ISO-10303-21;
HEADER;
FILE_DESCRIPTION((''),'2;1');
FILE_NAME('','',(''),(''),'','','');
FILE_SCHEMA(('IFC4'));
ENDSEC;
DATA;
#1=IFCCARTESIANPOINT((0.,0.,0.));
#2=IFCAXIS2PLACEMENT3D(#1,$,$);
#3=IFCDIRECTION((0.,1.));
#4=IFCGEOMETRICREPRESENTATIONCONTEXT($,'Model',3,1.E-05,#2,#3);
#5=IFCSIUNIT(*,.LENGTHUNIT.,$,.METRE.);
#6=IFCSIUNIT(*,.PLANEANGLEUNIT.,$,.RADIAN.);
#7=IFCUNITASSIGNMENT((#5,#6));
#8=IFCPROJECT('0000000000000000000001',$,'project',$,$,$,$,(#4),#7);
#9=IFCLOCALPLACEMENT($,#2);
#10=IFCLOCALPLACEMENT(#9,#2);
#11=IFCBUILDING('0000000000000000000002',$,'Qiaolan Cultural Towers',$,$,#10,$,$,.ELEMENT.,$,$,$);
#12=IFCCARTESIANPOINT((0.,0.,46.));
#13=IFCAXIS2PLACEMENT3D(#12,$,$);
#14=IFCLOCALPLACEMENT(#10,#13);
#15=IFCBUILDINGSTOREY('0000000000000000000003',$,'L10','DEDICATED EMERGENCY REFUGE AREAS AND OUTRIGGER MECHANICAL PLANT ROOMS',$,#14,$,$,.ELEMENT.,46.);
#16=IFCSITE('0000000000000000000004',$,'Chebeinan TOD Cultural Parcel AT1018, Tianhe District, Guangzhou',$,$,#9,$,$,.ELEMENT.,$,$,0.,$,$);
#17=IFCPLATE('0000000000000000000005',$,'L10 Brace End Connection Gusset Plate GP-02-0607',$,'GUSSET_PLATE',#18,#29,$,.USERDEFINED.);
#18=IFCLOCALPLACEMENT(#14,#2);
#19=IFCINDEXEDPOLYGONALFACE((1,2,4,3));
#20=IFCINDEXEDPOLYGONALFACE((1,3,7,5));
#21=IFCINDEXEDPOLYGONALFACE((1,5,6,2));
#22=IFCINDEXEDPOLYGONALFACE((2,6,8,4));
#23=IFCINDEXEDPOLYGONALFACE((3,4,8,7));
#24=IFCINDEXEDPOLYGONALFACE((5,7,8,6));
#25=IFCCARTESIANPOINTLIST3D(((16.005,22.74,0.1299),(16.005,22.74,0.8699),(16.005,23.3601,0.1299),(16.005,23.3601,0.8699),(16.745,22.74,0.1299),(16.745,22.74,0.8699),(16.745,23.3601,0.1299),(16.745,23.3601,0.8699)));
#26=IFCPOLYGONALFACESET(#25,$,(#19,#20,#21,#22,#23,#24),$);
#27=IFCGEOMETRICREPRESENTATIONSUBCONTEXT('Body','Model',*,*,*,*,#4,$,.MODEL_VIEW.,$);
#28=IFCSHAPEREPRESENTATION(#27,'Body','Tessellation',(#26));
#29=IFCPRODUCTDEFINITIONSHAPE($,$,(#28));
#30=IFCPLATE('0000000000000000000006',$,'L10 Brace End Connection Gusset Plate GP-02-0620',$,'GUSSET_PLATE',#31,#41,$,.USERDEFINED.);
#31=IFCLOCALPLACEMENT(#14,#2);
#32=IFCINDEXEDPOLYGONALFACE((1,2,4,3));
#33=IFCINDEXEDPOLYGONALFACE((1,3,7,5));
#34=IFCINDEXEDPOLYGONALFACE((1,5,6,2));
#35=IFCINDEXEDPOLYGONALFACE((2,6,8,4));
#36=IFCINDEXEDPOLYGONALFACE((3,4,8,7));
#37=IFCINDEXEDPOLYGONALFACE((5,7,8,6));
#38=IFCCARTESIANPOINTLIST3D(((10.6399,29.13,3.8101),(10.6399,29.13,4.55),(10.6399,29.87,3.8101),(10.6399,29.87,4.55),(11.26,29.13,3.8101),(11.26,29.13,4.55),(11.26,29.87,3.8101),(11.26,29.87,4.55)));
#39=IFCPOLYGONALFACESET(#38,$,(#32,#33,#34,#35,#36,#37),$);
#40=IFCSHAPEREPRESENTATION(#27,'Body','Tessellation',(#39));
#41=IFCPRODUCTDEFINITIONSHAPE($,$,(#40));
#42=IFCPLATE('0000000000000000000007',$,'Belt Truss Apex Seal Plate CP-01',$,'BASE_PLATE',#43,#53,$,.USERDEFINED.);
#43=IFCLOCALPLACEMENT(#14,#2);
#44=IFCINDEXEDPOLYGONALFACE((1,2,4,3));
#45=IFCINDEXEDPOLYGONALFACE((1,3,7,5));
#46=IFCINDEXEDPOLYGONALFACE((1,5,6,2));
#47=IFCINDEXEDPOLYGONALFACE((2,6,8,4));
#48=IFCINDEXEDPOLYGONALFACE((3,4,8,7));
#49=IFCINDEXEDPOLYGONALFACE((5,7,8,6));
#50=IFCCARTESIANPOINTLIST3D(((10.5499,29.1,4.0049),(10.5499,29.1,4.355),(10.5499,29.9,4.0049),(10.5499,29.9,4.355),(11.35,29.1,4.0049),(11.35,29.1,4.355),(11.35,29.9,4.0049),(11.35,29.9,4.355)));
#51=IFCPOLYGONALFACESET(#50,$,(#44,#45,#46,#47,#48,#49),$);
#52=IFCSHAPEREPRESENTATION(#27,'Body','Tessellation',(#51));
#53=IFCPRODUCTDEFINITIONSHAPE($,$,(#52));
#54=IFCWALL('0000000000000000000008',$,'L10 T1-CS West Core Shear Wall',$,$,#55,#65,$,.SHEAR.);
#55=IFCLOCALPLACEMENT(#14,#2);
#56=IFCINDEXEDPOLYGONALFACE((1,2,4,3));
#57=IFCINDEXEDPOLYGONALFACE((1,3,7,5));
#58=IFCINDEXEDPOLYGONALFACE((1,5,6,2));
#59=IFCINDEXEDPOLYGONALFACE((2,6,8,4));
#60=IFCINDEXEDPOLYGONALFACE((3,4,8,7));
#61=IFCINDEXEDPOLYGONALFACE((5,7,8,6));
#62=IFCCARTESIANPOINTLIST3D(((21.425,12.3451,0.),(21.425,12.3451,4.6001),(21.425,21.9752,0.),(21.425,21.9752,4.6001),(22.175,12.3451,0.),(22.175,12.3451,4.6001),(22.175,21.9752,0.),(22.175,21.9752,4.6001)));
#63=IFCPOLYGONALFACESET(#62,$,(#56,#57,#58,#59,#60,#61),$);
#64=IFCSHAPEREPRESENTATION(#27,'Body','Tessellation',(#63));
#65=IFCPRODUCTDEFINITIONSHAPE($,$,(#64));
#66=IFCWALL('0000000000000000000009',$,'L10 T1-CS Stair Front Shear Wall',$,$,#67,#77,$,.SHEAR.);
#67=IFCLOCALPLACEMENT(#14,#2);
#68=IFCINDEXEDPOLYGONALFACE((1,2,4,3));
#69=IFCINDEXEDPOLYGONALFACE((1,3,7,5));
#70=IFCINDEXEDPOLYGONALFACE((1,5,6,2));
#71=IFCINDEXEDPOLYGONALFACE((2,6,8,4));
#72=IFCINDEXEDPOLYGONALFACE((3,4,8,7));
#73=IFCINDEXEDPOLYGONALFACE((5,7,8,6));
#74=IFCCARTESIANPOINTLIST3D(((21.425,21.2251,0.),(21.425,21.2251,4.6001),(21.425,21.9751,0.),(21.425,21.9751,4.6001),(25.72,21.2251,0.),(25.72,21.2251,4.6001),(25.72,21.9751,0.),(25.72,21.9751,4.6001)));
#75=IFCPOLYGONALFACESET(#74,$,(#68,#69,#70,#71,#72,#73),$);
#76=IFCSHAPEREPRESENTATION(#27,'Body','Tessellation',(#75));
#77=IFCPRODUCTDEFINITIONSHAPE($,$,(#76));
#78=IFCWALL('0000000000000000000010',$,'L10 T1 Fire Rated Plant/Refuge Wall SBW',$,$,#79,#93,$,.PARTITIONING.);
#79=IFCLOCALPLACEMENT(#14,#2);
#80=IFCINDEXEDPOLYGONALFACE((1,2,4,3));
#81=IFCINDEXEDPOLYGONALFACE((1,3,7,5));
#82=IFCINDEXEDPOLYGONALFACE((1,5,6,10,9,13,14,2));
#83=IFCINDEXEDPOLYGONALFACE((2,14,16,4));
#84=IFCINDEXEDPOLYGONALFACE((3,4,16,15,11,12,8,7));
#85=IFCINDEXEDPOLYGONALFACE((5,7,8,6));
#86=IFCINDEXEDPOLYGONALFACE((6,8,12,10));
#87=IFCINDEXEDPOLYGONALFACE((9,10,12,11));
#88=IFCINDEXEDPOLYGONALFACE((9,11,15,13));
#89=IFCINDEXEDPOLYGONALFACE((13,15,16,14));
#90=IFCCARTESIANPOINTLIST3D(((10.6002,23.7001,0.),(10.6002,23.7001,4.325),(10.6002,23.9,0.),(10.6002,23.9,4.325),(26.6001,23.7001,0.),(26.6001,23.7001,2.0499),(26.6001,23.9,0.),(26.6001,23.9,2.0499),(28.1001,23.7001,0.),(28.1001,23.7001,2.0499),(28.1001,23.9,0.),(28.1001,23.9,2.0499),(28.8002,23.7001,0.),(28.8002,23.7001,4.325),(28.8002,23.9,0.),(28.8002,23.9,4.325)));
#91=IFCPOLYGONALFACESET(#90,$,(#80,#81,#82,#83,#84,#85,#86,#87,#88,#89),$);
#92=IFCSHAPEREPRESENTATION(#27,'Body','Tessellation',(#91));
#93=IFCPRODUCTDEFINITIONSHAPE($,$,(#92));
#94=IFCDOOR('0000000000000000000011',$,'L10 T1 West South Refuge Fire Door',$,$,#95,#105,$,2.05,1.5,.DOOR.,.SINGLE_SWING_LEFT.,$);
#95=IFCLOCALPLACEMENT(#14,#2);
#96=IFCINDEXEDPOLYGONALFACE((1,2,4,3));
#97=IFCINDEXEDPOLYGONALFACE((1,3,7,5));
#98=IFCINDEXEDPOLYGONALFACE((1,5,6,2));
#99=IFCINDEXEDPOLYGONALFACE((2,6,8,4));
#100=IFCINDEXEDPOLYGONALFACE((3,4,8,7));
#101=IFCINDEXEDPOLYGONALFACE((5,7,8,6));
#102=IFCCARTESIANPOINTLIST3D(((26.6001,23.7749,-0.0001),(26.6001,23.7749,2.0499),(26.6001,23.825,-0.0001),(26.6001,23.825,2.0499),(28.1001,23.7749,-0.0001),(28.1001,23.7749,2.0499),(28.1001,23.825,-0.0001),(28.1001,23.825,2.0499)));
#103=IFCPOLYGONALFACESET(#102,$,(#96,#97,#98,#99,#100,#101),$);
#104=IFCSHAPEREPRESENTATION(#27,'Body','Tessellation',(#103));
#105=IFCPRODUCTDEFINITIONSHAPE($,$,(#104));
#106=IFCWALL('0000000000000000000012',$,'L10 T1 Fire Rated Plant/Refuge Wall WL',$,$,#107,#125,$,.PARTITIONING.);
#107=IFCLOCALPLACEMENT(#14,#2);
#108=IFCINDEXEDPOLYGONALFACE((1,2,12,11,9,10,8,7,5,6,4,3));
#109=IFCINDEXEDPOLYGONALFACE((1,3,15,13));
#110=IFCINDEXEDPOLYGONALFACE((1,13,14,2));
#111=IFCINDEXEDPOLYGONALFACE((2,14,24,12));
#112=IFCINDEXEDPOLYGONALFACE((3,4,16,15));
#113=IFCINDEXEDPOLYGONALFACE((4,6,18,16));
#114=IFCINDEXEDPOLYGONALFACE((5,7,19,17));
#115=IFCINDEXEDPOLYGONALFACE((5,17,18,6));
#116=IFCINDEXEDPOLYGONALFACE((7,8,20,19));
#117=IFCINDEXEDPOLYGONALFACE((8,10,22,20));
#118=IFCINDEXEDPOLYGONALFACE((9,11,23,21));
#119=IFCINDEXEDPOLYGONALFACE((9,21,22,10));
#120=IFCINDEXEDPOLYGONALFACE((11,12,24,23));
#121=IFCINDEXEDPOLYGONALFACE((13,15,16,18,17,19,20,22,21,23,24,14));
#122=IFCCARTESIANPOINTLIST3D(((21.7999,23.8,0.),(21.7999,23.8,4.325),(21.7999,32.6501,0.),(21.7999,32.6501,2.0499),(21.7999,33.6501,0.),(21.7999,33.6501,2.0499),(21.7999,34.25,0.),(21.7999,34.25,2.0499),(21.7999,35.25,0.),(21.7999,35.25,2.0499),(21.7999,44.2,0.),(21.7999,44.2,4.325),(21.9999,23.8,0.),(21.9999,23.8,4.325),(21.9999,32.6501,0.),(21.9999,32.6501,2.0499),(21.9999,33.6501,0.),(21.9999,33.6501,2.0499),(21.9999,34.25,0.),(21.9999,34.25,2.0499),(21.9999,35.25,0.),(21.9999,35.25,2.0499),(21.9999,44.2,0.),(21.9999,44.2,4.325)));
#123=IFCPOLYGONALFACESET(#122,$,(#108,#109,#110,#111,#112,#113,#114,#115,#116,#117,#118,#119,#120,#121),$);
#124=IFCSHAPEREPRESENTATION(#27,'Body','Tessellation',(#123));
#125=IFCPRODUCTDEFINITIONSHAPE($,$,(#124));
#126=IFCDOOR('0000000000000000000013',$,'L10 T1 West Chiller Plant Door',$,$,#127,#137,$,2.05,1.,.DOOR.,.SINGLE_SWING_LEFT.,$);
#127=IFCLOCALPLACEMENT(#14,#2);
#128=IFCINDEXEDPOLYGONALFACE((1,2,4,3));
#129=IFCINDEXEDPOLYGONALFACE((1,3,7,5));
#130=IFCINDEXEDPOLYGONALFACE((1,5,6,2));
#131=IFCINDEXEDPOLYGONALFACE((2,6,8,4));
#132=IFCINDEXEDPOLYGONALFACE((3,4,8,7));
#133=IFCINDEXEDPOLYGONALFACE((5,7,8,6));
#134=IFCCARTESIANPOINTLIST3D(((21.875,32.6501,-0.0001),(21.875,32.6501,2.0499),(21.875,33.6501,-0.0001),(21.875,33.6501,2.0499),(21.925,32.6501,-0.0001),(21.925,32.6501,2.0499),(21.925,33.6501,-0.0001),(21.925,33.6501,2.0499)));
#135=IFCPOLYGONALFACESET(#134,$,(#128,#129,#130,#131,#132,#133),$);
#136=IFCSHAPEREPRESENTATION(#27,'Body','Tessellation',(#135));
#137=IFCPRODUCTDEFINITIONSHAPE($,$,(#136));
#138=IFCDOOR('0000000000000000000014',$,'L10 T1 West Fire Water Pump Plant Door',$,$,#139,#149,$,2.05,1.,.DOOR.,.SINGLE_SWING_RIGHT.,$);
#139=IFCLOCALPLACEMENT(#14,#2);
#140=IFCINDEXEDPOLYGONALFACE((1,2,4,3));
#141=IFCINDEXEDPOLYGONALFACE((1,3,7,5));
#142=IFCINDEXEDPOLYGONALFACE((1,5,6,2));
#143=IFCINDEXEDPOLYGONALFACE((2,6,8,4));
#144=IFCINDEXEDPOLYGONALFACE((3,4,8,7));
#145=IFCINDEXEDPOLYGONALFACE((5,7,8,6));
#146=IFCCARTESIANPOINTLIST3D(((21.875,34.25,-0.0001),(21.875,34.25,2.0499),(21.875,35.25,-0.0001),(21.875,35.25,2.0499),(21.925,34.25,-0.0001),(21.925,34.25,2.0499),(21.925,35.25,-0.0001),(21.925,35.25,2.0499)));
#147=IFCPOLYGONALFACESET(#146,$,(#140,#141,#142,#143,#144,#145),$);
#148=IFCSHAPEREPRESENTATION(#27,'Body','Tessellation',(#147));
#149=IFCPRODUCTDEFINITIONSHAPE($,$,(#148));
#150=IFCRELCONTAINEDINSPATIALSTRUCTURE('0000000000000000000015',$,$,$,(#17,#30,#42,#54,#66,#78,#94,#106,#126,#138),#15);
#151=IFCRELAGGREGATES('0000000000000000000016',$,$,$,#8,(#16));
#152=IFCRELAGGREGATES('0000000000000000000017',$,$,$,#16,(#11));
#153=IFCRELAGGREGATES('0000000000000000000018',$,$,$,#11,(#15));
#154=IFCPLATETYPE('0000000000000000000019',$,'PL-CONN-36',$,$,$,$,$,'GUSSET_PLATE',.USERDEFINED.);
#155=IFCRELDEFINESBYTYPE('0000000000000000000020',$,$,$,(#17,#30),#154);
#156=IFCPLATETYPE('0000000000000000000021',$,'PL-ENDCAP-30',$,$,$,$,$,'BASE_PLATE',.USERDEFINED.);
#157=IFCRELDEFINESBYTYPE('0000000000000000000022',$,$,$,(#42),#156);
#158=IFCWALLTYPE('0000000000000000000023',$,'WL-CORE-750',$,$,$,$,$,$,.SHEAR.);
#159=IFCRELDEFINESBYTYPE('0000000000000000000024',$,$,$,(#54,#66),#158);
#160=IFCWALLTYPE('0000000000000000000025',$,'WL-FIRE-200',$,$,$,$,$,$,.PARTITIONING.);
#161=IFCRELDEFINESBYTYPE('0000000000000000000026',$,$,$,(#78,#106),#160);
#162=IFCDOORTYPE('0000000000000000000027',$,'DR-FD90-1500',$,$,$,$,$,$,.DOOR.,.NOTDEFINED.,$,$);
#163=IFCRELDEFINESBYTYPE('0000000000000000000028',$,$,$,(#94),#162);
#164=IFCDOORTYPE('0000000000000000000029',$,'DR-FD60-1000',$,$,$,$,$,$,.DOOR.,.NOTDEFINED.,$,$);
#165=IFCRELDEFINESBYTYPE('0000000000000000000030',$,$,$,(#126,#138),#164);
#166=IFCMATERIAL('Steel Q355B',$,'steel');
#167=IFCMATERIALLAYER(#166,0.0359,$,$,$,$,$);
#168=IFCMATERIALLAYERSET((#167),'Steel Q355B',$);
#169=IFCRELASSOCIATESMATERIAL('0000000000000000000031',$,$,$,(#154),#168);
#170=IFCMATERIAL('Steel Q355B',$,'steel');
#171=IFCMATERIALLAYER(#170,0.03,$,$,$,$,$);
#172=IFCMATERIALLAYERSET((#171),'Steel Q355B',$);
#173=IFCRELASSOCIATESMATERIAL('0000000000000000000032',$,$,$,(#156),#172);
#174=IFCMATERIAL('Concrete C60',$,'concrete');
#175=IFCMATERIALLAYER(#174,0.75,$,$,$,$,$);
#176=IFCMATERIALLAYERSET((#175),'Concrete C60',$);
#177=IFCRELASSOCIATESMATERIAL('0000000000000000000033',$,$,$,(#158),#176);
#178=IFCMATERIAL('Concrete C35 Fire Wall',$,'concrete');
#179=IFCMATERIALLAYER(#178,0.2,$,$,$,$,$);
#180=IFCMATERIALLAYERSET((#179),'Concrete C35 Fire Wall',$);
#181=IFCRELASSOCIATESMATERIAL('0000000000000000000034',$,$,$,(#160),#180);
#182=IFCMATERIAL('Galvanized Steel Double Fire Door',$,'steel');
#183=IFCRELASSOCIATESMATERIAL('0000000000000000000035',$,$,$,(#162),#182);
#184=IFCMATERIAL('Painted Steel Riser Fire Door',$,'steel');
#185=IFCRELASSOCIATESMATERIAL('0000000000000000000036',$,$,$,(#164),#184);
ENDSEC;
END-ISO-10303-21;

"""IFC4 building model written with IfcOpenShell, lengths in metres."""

from ifc_helpers import new_model, si_unit, direction, frame, frame_2d, origin, origin_2d, place, context, subcontext, project, spatial, rectangle, extrude, material, layer, layer_set, type_object, element, fill, save


model = new_model("IFC4")

# Units and contexts
model_context = context("Model", 3, precision=1e-05, world=origin(), true_north=direction((0.0, 1.0)))
body_context = subcontext(model_context, "Body", "Model", "MODEL_VIEW")
ifc_project = project(units=[si_unit("LENGTHUNIT", "METRE"), si_unit("PLANEANGLEUNIT", "RADIAN")], contexts=[model_context])

# Site, building, storey
site_placement = place(None, origin())
site = spatial("IfcSite", under=ifc_project, at=site_placement, Name="Chebeinan TOD Cultural Parcel AT1018, Tianhe District, Guangzhou", CompositionType="ELEMENT", RefElevation=0.0)
building_placement = place(site_placement, origin())
building = spatial("IfcBuilding", under=site, at=building_placement, Name="Qiaolan Cultural Towers", CompositionType="ELEMENT")
storey_placement = place(building_placement, frame((0.0, 0.0, 46.0)))
storey = spatial("IfcBuildingStorey", under=building, at=storey_placement, Name="L10", Description="DEDICATED EMERGENCY REFUGE AREAS AND OUTRIGGER MECHANICAL PLANT ROOMS", CompositionType="ELEMENT", Elevation=46.0)

# Plates
ifc_material_1 = material(Name="Steel Q355B", Category="steel")
ifc_layer_1 = layer(ifc_material_1, 0.0359)
ifc_layer_set_1 = layer_set([ifc_layer_1], Name="Steel Q355B")
plate_type_1 = type_object("IfcPlateType", Name="PL-CONN-36", ElementType="GUSSET_PLATE", PredefinedType="USERDEFINED", material=ifc_layer_set_1)
for number, where, z_axis, x_axis, name in (
    (1, (16.375, 23.05, 0.1299), (0.0, 0.0, 1.0), (1.0, 0.0, 0.0), "L10 Brace End Connection Gusset Plate GP-02-0607"),
    (2, (10.95, 29.5, 3.8101), (0.0, 0.0, 1.0), (0.0, 1.0, 0.0), "L10 Brace End Connection Gusset Plate GP-02-0620"),
):
    element("IfcPlate", number, at=place(storey_placement, frame(where, z_axis=z_axis, x_axis=x_axis)), inside=storey, type_object=plate_type_1, Name=name, ObjectType="GUSSET_PLATE", PredefinedType="USERDEFINED", context=body_context, shape_type="SweptSolid", body=[
        extrude(rectangle(XDim=0.74, YDim=0.6201, at=origin_2d()), origin(), (0.0, 0.0, 1.0), 0.74),
    ])
ifc_material_2 = material(Name="Steel Q355B", Category="steel")
ifc_layer_2 = layer(ifc_material_2, 0.03)
ifc_layer_set_2 = layer_set([ifc_layer_2], Name="Steel Q355B")
plate_type_2 = type_object("IfcPlateType", Name="PL-ENDCAP-30", ElementType="BASE_PLATE", PredefinedType="USERDEFINED", material=ifc_layer_set_2)
plate_placement = place(storey_placement, frame((10.95, 29.5, 4.0049), z_axis=(0.0, 0.0, 1.0), x_axis=(1.0, 0.0, 0.0)))
element("IfcPlate", 3, at=plate_placement, inside=storey, type_object=plate_type_2, Name="Belt Truss Apex Seal Plate CP-01", ObjectType="BASE_PLATE", PredefinedType="USERDEFINED", context=body_context, shape_type="SweptSolid", body=[
    extrude(rectangle(XDim=0.8, YDim=0.8, at=origin_2d()), origin(), (0.0, 0.0, 1.0), 0.3501),
])

# Walls
ifc_material_3 = material(Name="Concrete C60", Category="concrete")
ifc_layer_3 = layer(ifc_material_3, 0.75)
ifc_layer_set_3 = layer_set([ifc_layer_3], Name="Concrete C60")
wall_type_1 = type_object("IfcWallType", Name="WL-CORE-750", PredefinedType="SHEAR", material=ifc_layer_set_3)
wall_1_placement = place(storey_placement, frame((21.8, 21.9751, 0.0), z_axis=(0.0, 0.0, 1.0), x_axis=(0.0, -1.0, 0.0)))
element("IfcWall", 4, at=wall_1_placement, inside=storey, type_object=wall_type_1, Name="L10 T1-CS West Core Shear Wall", PredefinedType="SHEAR", context=body_context, shape_type="SweptSolid", body=[
    extrude(rectangle(XDim=9.6301, YDim=0.75, at=frame_2d((4.8149, 0.0))), origin(), (0.0, 0.0, 1.0), 4.6001),
])
wall_2_placement = place(storey_placement, frame((21.425, 21.6001, 0.0), z_axis=(0.0, 0.0, 1.0), x_axis=(1.0, 0.0, 0.0)))
element("IfcWall", 5, at=wall_2_placement, inside=storey, type_object=wall_type_1, Name="L10 T1-CS Stair Front Shear Wall", PredefinedType="SHEAR", context=body_context, shape_type="SweptSolid", body=[
    extrude(rectangle(XDim=4.2949, YDim=0.75, at=frame_2d((2.1475, 0.0))), origin(), (0.0, 0.0, 1.0), 4.6001),
])

# Wall, opening, door
ifc_material_4 = material(Name="Concrete C35 Fire Wall", Category="concrete")
ifc_layer_4 = layer(ifc_material_4, 0.2)
ifc_layer_set_4 = layer_set([ifc_layer_4], Name="Concrete C35 Fire Wall")
wall_type_2 = type_object("IfcWallType", Name="WL-FIRE-200", PredefinedType="PARTITIONING", material=ifc_layer_set_4)
wall_3_placement = place(storey_placement, frame((10.6001, 23.8, 0.0), z_axis=(0.0, 0.0, 1.0), x_axis=(1.0, 0.0, 0.0)))
wall_3 = element("IfcWall", 6, at=wall_3_placement, inside=storey, type_object=wall_type_2, Name="L10 T1 Fire Rated Plant/Refuge Wall SBW", PredefinedType="PARTITIONING", context=body_context, shape_type="SweptSolid", body=[
    extrude(rectangle(XDim=18.2, YDim=0.2, at=frame_2d((9.1001, 0.0))), origin(), (0.0, 0.0, 1.0), 4.325),
])
opening_1_placement = place(wall_3_placement, frame((16.0, 0.0, 0.0)))
opening_1 = element("IfcOpeningElement", 7, at=opening_1_placement, cuts=wall_3, PredefinedType="OPENING", context=body_context, shape_type="SweptSolid", body=[
    extrude(rectangle(XDim=1.5, YDim=2.05, at=frame_2d((0.75, 1.0249))), frame((0.0, 0.1099, 0.0), z_axis=(0.0, -1.0, 0.0), x_axis=(1.0, 0.0, 0.0)), (0.0, 0.0, 1.0), 0.22),
])
ifc_material_5 = material(Name="Galvanized Steel Double Fire Door", Category="steel")
door_type_1 = type_object("IfcDoorType", Name="DR-FD90-1500", OperationType="NOTDEFINED", PredefinedType="DOOR", material=ifc_material_5)
door_1_placement = place(opening_1_placement, origin())
door_1 = element("IfcDoor", 8, at=door_1_placement, inside=storey, type_object=door_type_1, Name="L10 T1 West South Refuge Fire Door", OperationType="SINGLE_SWING_LEFT", OverallHeight=2.05, OverallWidth=1.5, PredefinedType="DOOR", context=body_context, shape_type="SweptSolid", body=[
    extrude(rectangle(XDim=1.5, YDim=2.05, at=frame_2d((0.75, 1.0249))), frame((0.0, 0.0249, 0.0), z_axis=(0.0, -1.0, 0.0), x_axis=(1.0, 0.0, 0.0)), (0.0, 0.0, 1.0), 0.05),
])
fill(opening_1, door_1)

# Wall, openings, doors
wall_4_placement = place(storey_placement, frame((21.8999, 23.8, 0.0), z_axis=(0.0, 0.0, 1.0), x_axis=(0.0, 1.0, 0.0)))
wall_4 = element("IfcWall", 9, at=wall_4_placement, inside=storey, type_object=wall_type_2, Name="L10 T1 Fire Rated Plant/Refuge Wall WL", PredefinedType="PARTITIONING", context=body_context, shape_type="SweptSolid", body=[
    extrude(rectangle(XDim=20.3999, YDim=0.2, at=frame_2d((10.2, 0.0))), origin(), (0.0, 0.0, 1.0), 4.325),
])
opening_2_placement = place(wall_4_placement, frame((8.8501, 0.0, 0.0)))
opening_2 = element("IfcOpeningElement", 10, at=opening_2_placement, cuts=wall_4, PredefinedType="OPENING", context=body_context, shape_type="SweptSolid", body=[
    extrude(rectangle(XDim=1.0, YDim=2.05, at=frame_2d((0.5, 1.0249))), frame((0.0, 0.1099, 0.0), z_axis=(0.0, -1.0, 0.0), x_axis=(1.0, 0.0, 0.0)), (0.0, 0.0, 1.0), 0.22),
])
opening_3_placement = place(wall_4_placement, frame((10.45, 0.0, 0.0)))
opening_3 = element("IfcOpeningElement", 11, at=opening_3_placement, cuts=wall_4, PredefinedType="OPENING", context=body_context, shape_type="SweptSolid", body=[
    extrude(rectangle(XDim=1.0, YDim=2.05, at=frame_2d((0.5, 1.0249))), frame((0.0, 0.1099, 0.0), z_axis=(0.0, -1.0, 0.0), x_axis=(1.0, 0.0, 0.0)), (0.0, 0.0, 1.0), 0.22),
])
ifc_material_6 = material(Name="Painted Steel Riser Fire Door", Category="steel")
door_type_2 = type_object("IfcDoorType", Name="DR-FD60-1000", OperationType="NOTDEFINED", PredefinedType="DOOR", material=ifc_material_6)
door_2_placement = place(opening_2_placement, origin())
door_2 = element("IfcDoor", 12, at=door_2_placement, inside=storey, type_object=door_type_2, Name="L10 T1 West Chiller Plant Door", OperationType="SINGLE_SWING_LEFT", OverallHeight=2.05, OverallWidth=1.0, PredefinedType="DOOR", context=body_context, shape_type="SweptSolid", body=[
    extrude(rectangle(XDim=1.0, YDim=2.05, at=frame_2d((0.5, 1.0249))), frame((0.0, 0.0249, 0.0), z_axis=(0.0, -1.0, 0.0), x_axis=(1.0, 0.0, 0.0)), (0.0, 0.0, 1.0), 0.05),
])
fill(opening_2, door_2)
door_3_placement = place(opening_3_placement, origin())
door_3 = element("IfcDoor", 13, at=door_3_placement, inside=storey, type_object=door_type_2, Name="L10 T1 West Fire Water Pump Plant Door", OperationType="SINGLE_SWING_RIGHT", OverallHeight=2.05, OverallWidth=1.0, PredefinedType="DOOR", context=body_context, shape_type="SweptSolid", body=[
    extrude(rectangle(XDim=1.0, YDim=2.05, at=frame_2d((0.5, 1.0249))), frame((0.0, 0.0249, 0.0), z_axis=(0.0, -1.0, 0.0), x_axis=(1.0, 0.0, 0.0)), (0.0, 0.0, 1.0), 0.05),
])
fill(opening_3, door_3)

save(model, "model.ifc")
